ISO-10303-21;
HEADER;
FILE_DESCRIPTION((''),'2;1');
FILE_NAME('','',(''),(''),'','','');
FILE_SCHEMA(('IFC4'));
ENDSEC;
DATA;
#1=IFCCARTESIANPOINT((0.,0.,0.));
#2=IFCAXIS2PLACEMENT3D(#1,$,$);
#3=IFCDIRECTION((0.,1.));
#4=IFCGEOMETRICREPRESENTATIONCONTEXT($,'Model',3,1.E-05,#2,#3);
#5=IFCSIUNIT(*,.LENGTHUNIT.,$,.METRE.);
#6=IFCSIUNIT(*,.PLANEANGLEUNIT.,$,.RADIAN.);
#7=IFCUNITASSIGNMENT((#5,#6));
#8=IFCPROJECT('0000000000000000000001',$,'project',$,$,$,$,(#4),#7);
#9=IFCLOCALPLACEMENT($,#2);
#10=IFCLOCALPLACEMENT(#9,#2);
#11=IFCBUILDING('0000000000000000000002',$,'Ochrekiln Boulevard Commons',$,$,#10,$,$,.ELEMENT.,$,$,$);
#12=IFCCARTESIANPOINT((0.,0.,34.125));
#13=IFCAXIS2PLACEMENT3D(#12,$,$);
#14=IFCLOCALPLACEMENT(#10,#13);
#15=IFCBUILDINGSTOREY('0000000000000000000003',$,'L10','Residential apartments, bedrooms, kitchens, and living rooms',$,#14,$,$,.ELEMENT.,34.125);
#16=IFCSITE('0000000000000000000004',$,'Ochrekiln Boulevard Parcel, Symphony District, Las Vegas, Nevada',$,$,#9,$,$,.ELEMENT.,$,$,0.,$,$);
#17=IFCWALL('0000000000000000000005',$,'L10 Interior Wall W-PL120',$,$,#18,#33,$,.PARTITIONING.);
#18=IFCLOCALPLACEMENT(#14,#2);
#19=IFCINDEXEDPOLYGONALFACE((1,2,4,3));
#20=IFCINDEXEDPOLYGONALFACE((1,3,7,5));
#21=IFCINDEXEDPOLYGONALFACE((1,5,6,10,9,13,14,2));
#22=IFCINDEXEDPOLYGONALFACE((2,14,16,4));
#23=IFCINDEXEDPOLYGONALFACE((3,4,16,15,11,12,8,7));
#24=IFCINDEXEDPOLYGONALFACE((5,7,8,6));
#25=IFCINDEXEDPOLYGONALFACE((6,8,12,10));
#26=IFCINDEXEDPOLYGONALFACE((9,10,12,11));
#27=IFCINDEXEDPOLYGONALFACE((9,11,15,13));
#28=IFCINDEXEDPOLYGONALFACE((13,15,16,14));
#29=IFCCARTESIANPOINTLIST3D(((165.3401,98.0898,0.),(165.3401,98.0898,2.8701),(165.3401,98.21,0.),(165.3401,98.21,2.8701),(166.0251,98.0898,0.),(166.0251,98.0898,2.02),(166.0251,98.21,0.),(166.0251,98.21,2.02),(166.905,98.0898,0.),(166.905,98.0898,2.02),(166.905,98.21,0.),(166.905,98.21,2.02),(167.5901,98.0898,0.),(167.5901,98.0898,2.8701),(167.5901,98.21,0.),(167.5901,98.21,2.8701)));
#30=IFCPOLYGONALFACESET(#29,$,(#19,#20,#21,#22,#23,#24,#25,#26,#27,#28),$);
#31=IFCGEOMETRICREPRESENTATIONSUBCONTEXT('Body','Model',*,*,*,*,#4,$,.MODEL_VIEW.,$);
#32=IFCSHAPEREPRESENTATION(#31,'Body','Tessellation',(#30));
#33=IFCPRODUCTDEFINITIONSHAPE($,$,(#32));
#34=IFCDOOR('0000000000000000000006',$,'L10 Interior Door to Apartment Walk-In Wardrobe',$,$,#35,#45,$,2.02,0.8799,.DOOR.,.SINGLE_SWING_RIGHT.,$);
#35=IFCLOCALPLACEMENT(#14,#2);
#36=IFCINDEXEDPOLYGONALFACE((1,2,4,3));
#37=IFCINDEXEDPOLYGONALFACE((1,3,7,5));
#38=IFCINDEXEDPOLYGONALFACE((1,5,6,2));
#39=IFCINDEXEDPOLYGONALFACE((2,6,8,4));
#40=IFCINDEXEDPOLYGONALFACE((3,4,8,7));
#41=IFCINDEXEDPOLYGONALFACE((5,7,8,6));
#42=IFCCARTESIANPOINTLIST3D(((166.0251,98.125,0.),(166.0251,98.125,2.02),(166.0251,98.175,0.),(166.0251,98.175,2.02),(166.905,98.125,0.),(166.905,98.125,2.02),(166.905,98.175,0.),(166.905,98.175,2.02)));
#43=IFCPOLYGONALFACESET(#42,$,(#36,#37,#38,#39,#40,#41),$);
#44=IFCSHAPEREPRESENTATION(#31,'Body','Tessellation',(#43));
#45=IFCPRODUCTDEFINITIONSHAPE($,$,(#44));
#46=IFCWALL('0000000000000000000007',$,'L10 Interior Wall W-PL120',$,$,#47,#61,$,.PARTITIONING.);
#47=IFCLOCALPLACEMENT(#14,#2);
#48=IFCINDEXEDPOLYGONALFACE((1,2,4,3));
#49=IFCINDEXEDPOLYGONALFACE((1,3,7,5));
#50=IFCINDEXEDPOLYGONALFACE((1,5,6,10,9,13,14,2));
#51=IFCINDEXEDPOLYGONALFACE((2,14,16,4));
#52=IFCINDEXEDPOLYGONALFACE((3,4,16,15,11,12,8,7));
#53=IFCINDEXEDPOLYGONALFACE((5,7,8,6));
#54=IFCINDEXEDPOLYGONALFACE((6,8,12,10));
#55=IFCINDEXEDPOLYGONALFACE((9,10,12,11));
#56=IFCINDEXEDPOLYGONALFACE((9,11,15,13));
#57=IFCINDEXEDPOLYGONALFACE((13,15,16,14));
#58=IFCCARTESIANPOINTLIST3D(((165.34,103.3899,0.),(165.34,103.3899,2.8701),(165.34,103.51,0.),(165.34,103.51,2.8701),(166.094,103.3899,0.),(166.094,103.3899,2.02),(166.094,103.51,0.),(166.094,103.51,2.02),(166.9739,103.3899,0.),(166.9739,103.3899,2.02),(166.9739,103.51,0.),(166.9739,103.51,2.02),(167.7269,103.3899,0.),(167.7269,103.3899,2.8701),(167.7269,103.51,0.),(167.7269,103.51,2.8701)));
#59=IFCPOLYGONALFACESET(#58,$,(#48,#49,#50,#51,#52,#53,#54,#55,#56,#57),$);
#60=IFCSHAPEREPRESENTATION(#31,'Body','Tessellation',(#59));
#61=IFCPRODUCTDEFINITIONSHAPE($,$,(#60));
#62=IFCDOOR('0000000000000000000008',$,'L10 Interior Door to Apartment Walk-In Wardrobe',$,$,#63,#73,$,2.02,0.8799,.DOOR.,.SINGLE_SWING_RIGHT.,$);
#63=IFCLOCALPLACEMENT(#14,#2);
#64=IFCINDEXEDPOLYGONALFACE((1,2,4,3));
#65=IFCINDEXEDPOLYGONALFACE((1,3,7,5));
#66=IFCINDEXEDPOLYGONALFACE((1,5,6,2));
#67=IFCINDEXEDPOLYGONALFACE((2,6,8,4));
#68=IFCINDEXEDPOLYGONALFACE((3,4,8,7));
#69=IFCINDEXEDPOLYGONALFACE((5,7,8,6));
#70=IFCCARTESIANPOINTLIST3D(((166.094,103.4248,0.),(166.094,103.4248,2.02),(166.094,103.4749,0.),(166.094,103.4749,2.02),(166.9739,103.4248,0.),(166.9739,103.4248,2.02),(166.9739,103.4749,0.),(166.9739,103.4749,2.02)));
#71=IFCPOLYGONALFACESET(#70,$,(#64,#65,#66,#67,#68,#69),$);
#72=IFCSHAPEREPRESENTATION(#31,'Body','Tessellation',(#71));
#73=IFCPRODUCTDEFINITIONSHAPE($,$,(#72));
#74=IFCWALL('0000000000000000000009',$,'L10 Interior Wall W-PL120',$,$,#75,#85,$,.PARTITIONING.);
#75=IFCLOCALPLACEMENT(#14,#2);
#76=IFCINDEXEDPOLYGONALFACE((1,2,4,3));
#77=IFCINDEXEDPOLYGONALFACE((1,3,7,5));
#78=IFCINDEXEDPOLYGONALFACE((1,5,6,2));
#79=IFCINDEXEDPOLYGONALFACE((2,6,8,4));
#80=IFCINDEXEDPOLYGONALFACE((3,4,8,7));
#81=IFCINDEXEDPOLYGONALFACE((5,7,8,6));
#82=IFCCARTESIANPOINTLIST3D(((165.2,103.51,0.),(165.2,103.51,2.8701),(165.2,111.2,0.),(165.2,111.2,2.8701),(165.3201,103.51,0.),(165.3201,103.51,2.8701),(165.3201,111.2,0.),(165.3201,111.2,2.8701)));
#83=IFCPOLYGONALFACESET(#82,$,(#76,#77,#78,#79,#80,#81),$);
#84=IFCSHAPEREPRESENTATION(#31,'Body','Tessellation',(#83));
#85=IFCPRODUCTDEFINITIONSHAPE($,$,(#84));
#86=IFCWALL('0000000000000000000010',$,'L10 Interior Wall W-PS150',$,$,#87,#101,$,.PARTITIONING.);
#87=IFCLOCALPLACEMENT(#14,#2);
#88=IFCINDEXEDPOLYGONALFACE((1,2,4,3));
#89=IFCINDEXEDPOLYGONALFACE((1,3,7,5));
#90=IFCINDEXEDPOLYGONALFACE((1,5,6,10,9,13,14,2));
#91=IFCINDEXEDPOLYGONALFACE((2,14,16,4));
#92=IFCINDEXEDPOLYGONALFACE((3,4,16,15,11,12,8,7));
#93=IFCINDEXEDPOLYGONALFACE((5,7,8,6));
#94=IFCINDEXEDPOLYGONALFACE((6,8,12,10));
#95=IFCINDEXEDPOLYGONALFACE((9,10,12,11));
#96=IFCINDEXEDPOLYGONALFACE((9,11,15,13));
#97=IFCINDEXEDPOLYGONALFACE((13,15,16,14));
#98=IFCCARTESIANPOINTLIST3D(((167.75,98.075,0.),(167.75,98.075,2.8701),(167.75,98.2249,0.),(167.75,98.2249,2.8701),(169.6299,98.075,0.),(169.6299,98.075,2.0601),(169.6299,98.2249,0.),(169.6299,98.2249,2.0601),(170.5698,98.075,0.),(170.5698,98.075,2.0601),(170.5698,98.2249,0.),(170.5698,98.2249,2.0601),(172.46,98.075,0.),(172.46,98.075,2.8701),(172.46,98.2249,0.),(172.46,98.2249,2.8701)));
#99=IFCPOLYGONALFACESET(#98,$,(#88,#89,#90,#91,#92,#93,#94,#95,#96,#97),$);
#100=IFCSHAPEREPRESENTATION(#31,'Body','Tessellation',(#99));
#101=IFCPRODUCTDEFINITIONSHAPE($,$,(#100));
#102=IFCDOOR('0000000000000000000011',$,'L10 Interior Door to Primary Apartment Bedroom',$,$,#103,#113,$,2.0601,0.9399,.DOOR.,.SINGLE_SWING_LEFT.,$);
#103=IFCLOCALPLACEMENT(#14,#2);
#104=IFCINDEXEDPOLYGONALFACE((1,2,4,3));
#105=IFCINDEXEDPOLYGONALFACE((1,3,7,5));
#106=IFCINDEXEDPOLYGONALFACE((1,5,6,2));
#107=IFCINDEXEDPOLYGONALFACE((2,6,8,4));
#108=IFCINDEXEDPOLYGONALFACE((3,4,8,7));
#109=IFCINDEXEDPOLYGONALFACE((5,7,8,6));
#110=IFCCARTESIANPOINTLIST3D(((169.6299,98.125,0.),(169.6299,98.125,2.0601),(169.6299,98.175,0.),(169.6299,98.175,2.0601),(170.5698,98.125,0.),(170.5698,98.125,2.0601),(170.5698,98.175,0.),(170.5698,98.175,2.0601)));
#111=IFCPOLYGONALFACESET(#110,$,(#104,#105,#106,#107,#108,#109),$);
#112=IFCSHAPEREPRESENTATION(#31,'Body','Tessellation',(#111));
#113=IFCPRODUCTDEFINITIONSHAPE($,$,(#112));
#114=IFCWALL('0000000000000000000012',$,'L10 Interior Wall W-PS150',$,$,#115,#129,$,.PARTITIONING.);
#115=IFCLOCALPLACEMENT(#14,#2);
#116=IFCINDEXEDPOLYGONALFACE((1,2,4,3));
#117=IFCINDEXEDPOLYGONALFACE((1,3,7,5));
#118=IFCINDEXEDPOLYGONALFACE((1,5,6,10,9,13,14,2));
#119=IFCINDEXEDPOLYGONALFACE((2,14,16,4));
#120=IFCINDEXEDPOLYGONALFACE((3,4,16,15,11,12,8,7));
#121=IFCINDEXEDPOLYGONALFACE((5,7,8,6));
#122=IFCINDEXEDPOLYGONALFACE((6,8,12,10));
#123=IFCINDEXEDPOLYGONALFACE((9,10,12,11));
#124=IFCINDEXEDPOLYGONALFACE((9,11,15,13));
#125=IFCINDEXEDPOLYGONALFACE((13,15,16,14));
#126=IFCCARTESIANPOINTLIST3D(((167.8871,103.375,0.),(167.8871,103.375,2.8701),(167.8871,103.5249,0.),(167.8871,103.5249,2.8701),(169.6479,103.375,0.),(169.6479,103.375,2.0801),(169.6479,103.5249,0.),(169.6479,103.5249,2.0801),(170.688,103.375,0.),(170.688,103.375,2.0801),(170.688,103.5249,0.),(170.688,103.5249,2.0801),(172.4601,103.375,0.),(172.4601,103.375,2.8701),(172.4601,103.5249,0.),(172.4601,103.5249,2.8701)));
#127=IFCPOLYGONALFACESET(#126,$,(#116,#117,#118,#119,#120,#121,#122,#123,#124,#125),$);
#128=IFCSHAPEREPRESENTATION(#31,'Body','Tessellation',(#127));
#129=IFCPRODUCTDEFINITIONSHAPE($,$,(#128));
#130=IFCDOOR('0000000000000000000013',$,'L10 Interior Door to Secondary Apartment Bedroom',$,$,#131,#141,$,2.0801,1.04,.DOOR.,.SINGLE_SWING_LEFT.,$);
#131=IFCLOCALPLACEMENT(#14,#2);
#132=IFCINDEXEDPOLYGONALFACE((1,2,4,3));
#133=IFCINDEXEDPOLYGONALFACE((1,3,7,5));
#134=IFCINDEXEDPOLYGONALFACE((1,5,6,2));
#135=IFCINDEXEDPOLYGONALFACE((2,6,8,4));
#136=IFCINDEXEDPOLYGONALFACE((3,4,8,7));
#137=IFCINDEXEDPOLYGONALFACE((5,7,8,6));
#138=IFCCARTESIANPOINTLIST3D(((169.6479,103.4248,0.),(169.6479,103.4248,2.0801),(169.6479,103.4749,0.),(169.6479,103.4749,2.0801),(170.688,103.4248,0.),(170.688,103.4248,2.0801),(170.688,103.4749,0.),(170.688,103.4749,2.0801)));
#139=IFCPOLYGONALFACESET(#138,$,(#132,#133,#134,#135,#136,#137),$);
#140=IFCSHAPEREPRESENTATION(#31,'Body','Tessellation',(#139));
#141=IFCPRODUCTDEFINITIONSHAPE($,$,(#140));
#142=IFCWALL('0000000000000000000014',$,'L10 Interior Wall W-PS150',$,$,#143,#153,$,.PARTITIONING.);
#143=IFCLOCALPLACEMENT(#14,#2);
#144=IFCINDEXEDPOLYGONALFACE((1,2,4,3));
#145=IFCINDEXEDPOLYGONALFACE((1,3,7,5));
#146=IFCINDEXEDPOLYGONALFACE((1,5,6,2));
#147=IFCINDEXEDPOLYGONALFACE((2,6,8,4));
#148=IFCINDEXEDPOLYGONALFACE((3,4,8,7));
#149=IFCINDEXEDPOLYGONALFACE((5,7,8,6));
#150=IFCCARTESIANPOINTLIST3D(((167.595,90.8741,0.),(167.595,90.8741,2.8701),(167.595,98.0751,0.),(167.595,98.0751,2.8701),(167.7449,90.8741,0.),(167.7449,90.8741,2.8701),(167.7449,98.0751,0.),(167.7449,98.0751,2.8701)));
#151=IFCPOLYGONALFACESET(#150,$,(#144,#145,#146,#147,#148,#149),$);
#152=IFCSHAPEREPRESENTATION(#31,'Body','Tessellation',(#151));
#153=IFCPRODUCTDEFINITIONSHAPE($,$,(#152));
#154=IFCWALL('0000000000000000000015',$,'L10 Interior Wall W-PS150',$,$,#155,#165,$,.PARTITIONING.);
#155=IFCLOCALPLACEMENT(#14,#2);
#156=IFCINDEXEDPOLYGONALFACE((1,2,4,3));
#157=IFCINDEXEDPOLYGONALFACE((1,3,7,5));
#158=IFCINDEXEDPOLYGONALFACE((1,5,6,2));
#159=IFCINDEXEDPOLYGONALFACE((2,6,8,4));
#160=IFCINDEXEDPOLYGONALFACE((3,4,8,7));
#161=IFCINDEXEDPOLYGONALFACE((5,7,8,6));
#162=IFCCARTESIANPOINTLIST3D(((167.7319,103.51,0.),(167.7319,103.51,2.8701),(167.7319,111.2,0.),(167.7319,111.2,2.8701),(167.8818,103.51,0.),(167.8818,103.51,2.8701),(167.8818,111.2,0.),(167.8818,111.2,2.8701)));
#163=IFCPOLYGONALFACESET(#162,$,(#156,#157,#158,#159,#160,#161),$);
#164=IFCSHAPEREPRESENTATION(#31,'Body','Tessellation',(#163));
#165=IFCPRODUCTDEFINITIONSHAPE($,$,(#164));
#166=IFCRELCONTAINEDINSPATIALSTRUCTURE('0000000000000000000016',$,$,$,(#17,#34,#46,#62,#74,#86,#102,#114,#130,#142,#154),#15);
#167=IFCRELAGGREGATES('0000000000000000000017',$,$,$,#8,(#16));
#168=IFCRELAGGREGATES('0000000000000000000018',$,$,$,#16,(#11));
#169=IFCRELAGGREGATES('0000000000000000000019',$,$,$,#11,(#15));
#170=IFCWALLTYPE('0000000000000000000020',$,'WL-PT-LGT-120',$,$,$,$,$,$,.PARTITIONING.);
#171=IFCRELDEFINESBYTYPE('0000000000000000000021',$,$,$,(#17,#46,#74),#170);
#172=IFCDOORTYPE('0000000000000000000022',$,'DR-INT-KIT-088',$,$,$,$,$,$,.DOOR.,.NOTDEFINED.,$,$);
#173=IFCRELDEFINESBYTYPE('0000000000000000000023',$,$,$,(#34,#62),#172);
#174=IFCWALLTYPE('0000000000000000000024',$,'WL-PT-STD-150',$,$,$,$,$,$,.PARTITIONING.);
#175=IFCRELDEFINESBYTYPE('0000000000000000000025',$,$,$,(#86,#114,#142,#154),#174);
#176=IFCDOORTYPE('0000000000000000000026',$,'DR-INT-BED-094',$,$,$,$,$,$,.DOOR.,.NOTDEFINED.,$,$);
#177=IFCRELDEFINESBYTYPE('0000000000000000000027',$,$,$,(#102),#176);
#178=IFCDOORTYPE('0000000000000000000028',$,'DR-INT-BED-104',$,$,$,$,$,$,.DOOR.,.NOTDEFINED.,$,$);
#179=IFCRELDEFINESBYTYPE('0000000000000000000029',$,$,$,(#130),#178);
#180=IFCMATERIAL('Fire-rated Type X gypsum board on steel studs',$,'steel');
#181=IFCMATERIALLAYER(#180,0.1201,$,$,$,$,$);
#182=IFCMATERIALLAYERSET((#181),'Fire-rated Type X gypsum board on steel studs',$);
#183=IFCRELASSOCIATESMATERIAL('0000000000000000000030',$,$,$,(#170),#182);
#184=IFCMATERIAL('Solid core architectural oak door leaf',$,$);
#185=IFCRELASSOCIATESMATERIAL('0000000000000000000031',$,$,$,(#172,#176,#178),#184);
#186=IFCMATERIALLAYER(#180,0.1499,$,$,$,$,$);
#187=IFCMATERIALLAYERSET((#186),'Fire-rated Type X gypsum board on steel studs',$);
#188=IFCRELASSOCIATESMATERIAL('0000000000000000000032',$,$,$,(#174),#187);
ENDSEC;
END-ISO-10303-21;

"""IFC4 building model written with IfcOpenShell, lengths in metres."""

from ifc_helpers import new_model, si_unit, direction, frame, frame_2d, origin, place, context, subcontext, project, spatial, rectangle, extrude, material, layer, layer_set, type_object, element, fill, save


model = new_model("IFC4")

# Units and contexts
model_context = context("Model", 3, precision=1e-05, world=origin(), true_north=direction((0.0, 1.0)))
body_context = subcontext(model_context, "Body", "Model", "MODEL_VIEW")
ifc_project = project(units=[si_unit("LENGTHUNIT", "METRE"), si_unit("PLANEANGLEUNIT", "RADIAN")], contexts=[model_context])

# Site, building, storey
site_placement = place(None, origin())
site = spatial("IfcSite", under=ifc_project, at=site_placement, Name="Ochrekiln Boulevard Parcel, Symphony District, Las Vegas, Nevada", CompositionType="ELEMENT", RefElevation=0.0)
building_placement = place(site_placement, origin())
building = spatial("IfcBuilding", under=site, at=building_placement, Name="Ochrekiln Boulevard Commons", CompositionType="ELEMENT")
storey_placement = place(building_placement, frame((0.0, 0.0, 34.125)))
storey = spatial("IfcBuildingStorey", under=building, at=storey_placement, Name="L10", Description="Residential apartments, bedrooms, kitchens, and living rooms", CompositionType="ELEMENT", Elevation=34.125)

# Walls, openings, doors
ifc_material_1 = material(Name="Solid core architectural oak door leaf")
ifc_material_2 = material(Name="Fire-rated Type X gypsum board on steel studs", Category="steel")
ifc_layer_1 = layer(ifc_material_2, 0.1201)
ifc_layer_set_1 = layer_set([ifc_layer_1], Name="Fire-rated Type X gypsum board on steel studs")
wall_type_1 = type_object("IfcWallType", Name="WL-PT-LGT-120", PredefinedType="PARTITIONING", material=ifc_layer_set_1)
door_type_1 = type_object("IfcDoorType", Name="DR-INT-KIT-088", OperationType="NOTDEFINED", PredefinedType="DOOR", material=ifc_material_1)
wall_1_placement = place(storey_placement, frame((165.3401, 98.1499, 0.0), z_axis=(0.0, 0.0, 1.0), x_axis=(1.0, 0.0, 0.0)))
wall_1 = element("IfcWall", 1, at=wall_1_placement, inside=storey, type_object=wall_type_1, Name="L10 Interior Wall W-PL120", PredefinedType="PARTITIONING", context=body_context, shape_type="SweptSolid", body=[
    extrude(rectangle(XDim=2.25, YDim=0.1201, at=frame_2d((1.125, 0.0))), origin(), (0.0, 0.0, 1.0), 2.8701),
])
opening_1_placement = place(wall_1_placement, frame((0.6851, 0.0, 0.0)))
opening_1 = element("IfcOpeningElement", 2, at=opening_1_placement, cuts=wall_1, PredefinedType="OPENING", context=body_context, shape_type="SweptSolid", body=[
    extrude(rectangle(XDim=0.8799, YDim=2.02, at=frame_2d((0.4399, 1.01))), frame((0.0, 0.0701, 0.0), z_axis=(0.0, -1.0, 0.0), x_axis=(1.0, 0.0, 0.0)), (0.0, 0.0, 1.0), 0.1401),
])
door_1_placement = place(opening_1_placement, frame((0.8799, 0.0, 0.0), z_axis=(0.0, 0.0, 1.0), x_axis=(-1.0, 0.0, 0.0)))
door_1 = element("IfcDoor", 3, at=door_1_placement, inside=storey, type_object=door_type_1, Name="L10 Interior Door to Apartment Walk-In Wardrobe", OperationType="SINGLE_SWING_RIGHT", OverallHeight=2.02, OverallWidth=0.8799, PredefinedType="DOOR", context=body_context, shape_type="SweptSolid", body=[
    extrude(rectangle(XDim=0.8799, YDim=2.02, at=frame_2d((0.4399, 1.01))), frame((0.0, 0.0249, 0.0), z_axis=(0.0, -1.0, 0.0), x_axis=(1.0, 0.0, 0.0)), (0.0, 0.0, 1.0), 0.05),
])
fill(opening_1, door_1)
wall_2_placement = place(storey_placement, frame((165.3401, 103.45, 0.0), z_axis=(0.0, 0.0, 1.0), x_axis=(1.0, 0.0, 0.0)))
wall_2 = element("IfcWall", 4, at=wall_2_placement, inside=storey, type_object=wall_type_1, Name="L10 Interior Wall W-PL120", PredefinedType="PARTITIONING", context=body_context, shape_type="SweptSolid", body=[
    extrude(rectangle(XDim=2.387, YDim=0.1201, at=frame_2d((1.1934, 0.0))), origin(), (0.0, 0.0, 1.0), 2.8701),
])
opening_2_placement = place(wall_2_placement, frame((0.7539, 0.0, 0.0)))
opening_2 = element("IfcOpeningElement", 5, at=opening_2_placement, cuts=wall_2, PredefinedType="OPENING", context=body_context, shape_type="SweptSolid", body=[
    extrude(rectangle(XDim=0.8799, YDim=2.02, at=frame_2d((0.4399, 1.01))), frame((0.0, 0.0701, 0.0), z_axis=(0.0, -1.0, 0.0), x_axis=(1.0, 0.0, 0.0)), (0.0, 0.0, 1.0), 0.1401),
])
door_2_placement = place(opening_2_placement, origin())
door_2 = element("IfcDoor", 6, at=door_2_placement, inside=storey, type_object=door_type_1, Name="L10 Interior Door to Apartment Walk-In Wardrobe", OperationType="SINGLE_SWING_RIGHT", OverallHeight=2.02, OverallWidth=0.8799, PredefinedType="DOOR", context=body_context, shape_type="SweptSolid", body=[
    extrude(rectangle(XDim=0.8799, YDim=2.02, at=frame_2d((0.4399, 1.01))), frame((0.0, 0.0249, 0.0), z_axis=(0.0, -1.0, 0.0), x_axis=(1.0, 0.0, 0.0)), (0.0, 0.0, 1.0), 0.05),
])
fill(opening_2, door_2)

# Wall
wall_3_placement = place(storey_placement, frame((165.26, 103.51, 0.0), z_axis=(0.0, 0.0, 1.0), x_axis=(0.0, 1.0, 0.0)))
element("IfcWall", 7, at=wall_3_placement, inside=storey, type_object=wall_type_1, Name="L10 Interior Wall W-PL120", PredefinedType="PARTITIONING", context=body_context, shape_type="SweptSolid", body=[
    extrude(rectangle(XDim=7.6899, YDim=0.1201, at=frame_2d((3.845, 0.0))), origin(), (0.0, 0.0, 1.0), 2.8701),
])

# Walls, openings, doors
ifc_layer_2 = layer(ifc_material_2, 0.1499)
ifc_layer_set_2 = layer_set([ifc_layer_2], Name="Fire-rated Type X gypsum board on steel studs")
wall_type_2 = type_object("IfcWallType", Name="WL-PT-STD-150", PredefinedType="PARTITIONING", material=ifc_layer_set_2)
wall_4_placement = place(storey_placement, frame((167.75, 98.1499, 0.0), z_axis=(0.0, 0.0, 1.0), x_axis=(1.0, 0.0, 0.0)))
wall_4 = element("IfcWall", 8, at=wall_4_placement, inside=storey, type_object=wall_type_2, Name="L10 Interior Wall W-PS150", PredefinedType="PARTITIONING", context=body_context, shape_type="SweptSolid", body=[
    extrude(rectangle(XDim=4.71, YDim=0.1499, at=frame_2d((2.355, 0.0))), origin(), (0.0, 0.0, 1.0), 2.8701),
])
opening_3_placement = place(wall_4_placement, frame((1.8799, 0.0, 0.0)))
opening_3 = element("IfcOpeningElement", 9, at=opening_3_placement, cuts=wall_4, PredefinedType="OPENING", context=body_context, shape_type="SweptSolid", body=[
    extrude(rectangle(XDim=0.9399, YDim=2.0601, at=frame_2d((0.47, 1.03))), frame((0.0, 0.085, 0.0), z_axis=(0.0, -1.0, 0.0), x_axis=(1.0, 0.0, 0.0)), (0.0, 0.0, 1.0), 0.1699),
])
door_type_2 = type_object("IfcDoorType", Name="DR-INT-BED-094", OperationType="NOTDEFINED", PredefinedType="DOOR", material=ifc_material_1)
door_3_placement = place(opening_3_placement, frame((0.9399, 0.0, 0.0), z_axis=(0.0, 0.0, 1.0), x_axis=(-1.0, 0.0, 0.0)))
door_3 = element("IfcDoor", 10, at=door_3_placement, inside=storey, type_object=door_type_2, Name="L10 Interior Door to Primary Apartment Bedroom", OperationType="SINGLE_SWING_LEFT", OverallHeight=2.0601, OverallWidth=0.9399, PredefinedType="DOOR", context=body_context, shape_type="SweptSolid", body=[
    extrude(rectangle(XDim=0.9399, YDim=2.0601, at=frame_2d((0.47, 1.03))), frame((0.0, 0.0249, 0.0), z_axis=(0.0, -1.0, 0.0), x_axis=(1.0, 0.0, 0.0)), (0.0, 0.0, 1.0), 0.05),
])
fill(opening_3, door_3)
wall_5_placement = place(storey_placement, frame((167.887, 103.45, 0.0), z_axis=(0.0, 0.0, 1.0), x_axis=(1.0, 0.0, 0.0)))
wall_5 = element("IfcWall", 11, at=wall_5_placement, inside=storey, type_object=wall_type_2, Name="L10 Interior Wall W-PS150", PredefinedType="PARTITIONING", context=body_context, shape_type="SweptSolid", body=[
    extrude(rectangle(XDim=4.573, YDim=0.1499, at=frame_2d((2.2866, 0.0))), origin(), (0.0, 0.0, 1.0), 2.8701),
])
opening_4_placement = place(wall_5_placement, frame((1.761, 0.0, 0.0)))
opening_4 = element("IfcOpeningElement", 12, at=opening_4_placement, cuts=wall_5, PredefinedType="OPENING", context=body_context, shape_type="SweptSolid", body=[
    extrude(rectangle(XDim=1.04, YDim=2.0801, at=frame_2d((0.52, 1.04))), frame((0.0, 0.085, 0.0), z_axis=(0.0, -1.0, 0.0), x_axis=(1.0, 0.0, 0.0)), (0.0, 0.0, 1.0), 0.1699),
])
door_type_3 = type_object("IfcDoorType", Name="DR-INT-BED-104", OperationType="NOTDEFINED", PredefinedType="DOOR", material=ifc_material_1)
door_4_placement = place(opening_4_placement, origin())
door_4 = element("IfcDoor", 13, at=door_4_placement, inside=storey, type_object=door_type_3, Name="L10 Interior Door to Secondary Apartment Bedroom", OperationType="SINGLE_SWING_LEFT", OverallHeight=2.0801, OverallWidth=1.04, PredefinedType="DOOR", context=body_context, shape_type="SweptSolid", body=[
    extrude(rectangle(XDim=1.04, YDim=2.0801, at=frame_2d((0.52, 1.04))), frame((0.0, 0.0249, 0.0), z_axis=(0.0, -1.0, 0.0), x_axis=(1.0, 0.0, 0.0)), (0.0, 0.0, 1.0), 0.05),
])
fill(opening_4, door_4)

# Walls
wall_6_placement = place(storey_placement, frame((167.6699, 90.874, 0.0), z_axis=(0.0, 0.0, 1.0), x_axis=(0.0, 1.0, 0.0)))
element("IfcWall", 14, at=wall_6_placement, inside=storey, type_object=wall_type_2, Name="L10 Interior Wall W-PS150", PredefinedType="PARTITIONING", context=body_context, shape_type="SweptSolid", body=[
    extrude(rectangle(XDim=7.2009, YDim=0.1499, at=frame_2d((3.6006, 0.0))), origin(), (0.0, 0.0, 1.0), 2.8701),
])
wall_7_placement = place(storey_placement, frame((167.8069, 103.51, 0.0), z_axis=(0.0, 0.0, 1.0), x_axis=(0.0, 1.0, 0.0)))
element("IfcWall", 15, at=wall_7_placement, inside=storey, type_object=wall_type_2, Name="L10 Interior Wall W-PS150", PredefinedType="PARTITIONING", context=body_context, shape_type="SweptSolid", body=[
    extrude(rectangle(XDim=7.6899, YDim=0.1499, at=frame_2d((3.845, 0.0))), origin(), (0.0, 0.0, 1.0), 2.8701),
])

save(model, "model.ifc")
